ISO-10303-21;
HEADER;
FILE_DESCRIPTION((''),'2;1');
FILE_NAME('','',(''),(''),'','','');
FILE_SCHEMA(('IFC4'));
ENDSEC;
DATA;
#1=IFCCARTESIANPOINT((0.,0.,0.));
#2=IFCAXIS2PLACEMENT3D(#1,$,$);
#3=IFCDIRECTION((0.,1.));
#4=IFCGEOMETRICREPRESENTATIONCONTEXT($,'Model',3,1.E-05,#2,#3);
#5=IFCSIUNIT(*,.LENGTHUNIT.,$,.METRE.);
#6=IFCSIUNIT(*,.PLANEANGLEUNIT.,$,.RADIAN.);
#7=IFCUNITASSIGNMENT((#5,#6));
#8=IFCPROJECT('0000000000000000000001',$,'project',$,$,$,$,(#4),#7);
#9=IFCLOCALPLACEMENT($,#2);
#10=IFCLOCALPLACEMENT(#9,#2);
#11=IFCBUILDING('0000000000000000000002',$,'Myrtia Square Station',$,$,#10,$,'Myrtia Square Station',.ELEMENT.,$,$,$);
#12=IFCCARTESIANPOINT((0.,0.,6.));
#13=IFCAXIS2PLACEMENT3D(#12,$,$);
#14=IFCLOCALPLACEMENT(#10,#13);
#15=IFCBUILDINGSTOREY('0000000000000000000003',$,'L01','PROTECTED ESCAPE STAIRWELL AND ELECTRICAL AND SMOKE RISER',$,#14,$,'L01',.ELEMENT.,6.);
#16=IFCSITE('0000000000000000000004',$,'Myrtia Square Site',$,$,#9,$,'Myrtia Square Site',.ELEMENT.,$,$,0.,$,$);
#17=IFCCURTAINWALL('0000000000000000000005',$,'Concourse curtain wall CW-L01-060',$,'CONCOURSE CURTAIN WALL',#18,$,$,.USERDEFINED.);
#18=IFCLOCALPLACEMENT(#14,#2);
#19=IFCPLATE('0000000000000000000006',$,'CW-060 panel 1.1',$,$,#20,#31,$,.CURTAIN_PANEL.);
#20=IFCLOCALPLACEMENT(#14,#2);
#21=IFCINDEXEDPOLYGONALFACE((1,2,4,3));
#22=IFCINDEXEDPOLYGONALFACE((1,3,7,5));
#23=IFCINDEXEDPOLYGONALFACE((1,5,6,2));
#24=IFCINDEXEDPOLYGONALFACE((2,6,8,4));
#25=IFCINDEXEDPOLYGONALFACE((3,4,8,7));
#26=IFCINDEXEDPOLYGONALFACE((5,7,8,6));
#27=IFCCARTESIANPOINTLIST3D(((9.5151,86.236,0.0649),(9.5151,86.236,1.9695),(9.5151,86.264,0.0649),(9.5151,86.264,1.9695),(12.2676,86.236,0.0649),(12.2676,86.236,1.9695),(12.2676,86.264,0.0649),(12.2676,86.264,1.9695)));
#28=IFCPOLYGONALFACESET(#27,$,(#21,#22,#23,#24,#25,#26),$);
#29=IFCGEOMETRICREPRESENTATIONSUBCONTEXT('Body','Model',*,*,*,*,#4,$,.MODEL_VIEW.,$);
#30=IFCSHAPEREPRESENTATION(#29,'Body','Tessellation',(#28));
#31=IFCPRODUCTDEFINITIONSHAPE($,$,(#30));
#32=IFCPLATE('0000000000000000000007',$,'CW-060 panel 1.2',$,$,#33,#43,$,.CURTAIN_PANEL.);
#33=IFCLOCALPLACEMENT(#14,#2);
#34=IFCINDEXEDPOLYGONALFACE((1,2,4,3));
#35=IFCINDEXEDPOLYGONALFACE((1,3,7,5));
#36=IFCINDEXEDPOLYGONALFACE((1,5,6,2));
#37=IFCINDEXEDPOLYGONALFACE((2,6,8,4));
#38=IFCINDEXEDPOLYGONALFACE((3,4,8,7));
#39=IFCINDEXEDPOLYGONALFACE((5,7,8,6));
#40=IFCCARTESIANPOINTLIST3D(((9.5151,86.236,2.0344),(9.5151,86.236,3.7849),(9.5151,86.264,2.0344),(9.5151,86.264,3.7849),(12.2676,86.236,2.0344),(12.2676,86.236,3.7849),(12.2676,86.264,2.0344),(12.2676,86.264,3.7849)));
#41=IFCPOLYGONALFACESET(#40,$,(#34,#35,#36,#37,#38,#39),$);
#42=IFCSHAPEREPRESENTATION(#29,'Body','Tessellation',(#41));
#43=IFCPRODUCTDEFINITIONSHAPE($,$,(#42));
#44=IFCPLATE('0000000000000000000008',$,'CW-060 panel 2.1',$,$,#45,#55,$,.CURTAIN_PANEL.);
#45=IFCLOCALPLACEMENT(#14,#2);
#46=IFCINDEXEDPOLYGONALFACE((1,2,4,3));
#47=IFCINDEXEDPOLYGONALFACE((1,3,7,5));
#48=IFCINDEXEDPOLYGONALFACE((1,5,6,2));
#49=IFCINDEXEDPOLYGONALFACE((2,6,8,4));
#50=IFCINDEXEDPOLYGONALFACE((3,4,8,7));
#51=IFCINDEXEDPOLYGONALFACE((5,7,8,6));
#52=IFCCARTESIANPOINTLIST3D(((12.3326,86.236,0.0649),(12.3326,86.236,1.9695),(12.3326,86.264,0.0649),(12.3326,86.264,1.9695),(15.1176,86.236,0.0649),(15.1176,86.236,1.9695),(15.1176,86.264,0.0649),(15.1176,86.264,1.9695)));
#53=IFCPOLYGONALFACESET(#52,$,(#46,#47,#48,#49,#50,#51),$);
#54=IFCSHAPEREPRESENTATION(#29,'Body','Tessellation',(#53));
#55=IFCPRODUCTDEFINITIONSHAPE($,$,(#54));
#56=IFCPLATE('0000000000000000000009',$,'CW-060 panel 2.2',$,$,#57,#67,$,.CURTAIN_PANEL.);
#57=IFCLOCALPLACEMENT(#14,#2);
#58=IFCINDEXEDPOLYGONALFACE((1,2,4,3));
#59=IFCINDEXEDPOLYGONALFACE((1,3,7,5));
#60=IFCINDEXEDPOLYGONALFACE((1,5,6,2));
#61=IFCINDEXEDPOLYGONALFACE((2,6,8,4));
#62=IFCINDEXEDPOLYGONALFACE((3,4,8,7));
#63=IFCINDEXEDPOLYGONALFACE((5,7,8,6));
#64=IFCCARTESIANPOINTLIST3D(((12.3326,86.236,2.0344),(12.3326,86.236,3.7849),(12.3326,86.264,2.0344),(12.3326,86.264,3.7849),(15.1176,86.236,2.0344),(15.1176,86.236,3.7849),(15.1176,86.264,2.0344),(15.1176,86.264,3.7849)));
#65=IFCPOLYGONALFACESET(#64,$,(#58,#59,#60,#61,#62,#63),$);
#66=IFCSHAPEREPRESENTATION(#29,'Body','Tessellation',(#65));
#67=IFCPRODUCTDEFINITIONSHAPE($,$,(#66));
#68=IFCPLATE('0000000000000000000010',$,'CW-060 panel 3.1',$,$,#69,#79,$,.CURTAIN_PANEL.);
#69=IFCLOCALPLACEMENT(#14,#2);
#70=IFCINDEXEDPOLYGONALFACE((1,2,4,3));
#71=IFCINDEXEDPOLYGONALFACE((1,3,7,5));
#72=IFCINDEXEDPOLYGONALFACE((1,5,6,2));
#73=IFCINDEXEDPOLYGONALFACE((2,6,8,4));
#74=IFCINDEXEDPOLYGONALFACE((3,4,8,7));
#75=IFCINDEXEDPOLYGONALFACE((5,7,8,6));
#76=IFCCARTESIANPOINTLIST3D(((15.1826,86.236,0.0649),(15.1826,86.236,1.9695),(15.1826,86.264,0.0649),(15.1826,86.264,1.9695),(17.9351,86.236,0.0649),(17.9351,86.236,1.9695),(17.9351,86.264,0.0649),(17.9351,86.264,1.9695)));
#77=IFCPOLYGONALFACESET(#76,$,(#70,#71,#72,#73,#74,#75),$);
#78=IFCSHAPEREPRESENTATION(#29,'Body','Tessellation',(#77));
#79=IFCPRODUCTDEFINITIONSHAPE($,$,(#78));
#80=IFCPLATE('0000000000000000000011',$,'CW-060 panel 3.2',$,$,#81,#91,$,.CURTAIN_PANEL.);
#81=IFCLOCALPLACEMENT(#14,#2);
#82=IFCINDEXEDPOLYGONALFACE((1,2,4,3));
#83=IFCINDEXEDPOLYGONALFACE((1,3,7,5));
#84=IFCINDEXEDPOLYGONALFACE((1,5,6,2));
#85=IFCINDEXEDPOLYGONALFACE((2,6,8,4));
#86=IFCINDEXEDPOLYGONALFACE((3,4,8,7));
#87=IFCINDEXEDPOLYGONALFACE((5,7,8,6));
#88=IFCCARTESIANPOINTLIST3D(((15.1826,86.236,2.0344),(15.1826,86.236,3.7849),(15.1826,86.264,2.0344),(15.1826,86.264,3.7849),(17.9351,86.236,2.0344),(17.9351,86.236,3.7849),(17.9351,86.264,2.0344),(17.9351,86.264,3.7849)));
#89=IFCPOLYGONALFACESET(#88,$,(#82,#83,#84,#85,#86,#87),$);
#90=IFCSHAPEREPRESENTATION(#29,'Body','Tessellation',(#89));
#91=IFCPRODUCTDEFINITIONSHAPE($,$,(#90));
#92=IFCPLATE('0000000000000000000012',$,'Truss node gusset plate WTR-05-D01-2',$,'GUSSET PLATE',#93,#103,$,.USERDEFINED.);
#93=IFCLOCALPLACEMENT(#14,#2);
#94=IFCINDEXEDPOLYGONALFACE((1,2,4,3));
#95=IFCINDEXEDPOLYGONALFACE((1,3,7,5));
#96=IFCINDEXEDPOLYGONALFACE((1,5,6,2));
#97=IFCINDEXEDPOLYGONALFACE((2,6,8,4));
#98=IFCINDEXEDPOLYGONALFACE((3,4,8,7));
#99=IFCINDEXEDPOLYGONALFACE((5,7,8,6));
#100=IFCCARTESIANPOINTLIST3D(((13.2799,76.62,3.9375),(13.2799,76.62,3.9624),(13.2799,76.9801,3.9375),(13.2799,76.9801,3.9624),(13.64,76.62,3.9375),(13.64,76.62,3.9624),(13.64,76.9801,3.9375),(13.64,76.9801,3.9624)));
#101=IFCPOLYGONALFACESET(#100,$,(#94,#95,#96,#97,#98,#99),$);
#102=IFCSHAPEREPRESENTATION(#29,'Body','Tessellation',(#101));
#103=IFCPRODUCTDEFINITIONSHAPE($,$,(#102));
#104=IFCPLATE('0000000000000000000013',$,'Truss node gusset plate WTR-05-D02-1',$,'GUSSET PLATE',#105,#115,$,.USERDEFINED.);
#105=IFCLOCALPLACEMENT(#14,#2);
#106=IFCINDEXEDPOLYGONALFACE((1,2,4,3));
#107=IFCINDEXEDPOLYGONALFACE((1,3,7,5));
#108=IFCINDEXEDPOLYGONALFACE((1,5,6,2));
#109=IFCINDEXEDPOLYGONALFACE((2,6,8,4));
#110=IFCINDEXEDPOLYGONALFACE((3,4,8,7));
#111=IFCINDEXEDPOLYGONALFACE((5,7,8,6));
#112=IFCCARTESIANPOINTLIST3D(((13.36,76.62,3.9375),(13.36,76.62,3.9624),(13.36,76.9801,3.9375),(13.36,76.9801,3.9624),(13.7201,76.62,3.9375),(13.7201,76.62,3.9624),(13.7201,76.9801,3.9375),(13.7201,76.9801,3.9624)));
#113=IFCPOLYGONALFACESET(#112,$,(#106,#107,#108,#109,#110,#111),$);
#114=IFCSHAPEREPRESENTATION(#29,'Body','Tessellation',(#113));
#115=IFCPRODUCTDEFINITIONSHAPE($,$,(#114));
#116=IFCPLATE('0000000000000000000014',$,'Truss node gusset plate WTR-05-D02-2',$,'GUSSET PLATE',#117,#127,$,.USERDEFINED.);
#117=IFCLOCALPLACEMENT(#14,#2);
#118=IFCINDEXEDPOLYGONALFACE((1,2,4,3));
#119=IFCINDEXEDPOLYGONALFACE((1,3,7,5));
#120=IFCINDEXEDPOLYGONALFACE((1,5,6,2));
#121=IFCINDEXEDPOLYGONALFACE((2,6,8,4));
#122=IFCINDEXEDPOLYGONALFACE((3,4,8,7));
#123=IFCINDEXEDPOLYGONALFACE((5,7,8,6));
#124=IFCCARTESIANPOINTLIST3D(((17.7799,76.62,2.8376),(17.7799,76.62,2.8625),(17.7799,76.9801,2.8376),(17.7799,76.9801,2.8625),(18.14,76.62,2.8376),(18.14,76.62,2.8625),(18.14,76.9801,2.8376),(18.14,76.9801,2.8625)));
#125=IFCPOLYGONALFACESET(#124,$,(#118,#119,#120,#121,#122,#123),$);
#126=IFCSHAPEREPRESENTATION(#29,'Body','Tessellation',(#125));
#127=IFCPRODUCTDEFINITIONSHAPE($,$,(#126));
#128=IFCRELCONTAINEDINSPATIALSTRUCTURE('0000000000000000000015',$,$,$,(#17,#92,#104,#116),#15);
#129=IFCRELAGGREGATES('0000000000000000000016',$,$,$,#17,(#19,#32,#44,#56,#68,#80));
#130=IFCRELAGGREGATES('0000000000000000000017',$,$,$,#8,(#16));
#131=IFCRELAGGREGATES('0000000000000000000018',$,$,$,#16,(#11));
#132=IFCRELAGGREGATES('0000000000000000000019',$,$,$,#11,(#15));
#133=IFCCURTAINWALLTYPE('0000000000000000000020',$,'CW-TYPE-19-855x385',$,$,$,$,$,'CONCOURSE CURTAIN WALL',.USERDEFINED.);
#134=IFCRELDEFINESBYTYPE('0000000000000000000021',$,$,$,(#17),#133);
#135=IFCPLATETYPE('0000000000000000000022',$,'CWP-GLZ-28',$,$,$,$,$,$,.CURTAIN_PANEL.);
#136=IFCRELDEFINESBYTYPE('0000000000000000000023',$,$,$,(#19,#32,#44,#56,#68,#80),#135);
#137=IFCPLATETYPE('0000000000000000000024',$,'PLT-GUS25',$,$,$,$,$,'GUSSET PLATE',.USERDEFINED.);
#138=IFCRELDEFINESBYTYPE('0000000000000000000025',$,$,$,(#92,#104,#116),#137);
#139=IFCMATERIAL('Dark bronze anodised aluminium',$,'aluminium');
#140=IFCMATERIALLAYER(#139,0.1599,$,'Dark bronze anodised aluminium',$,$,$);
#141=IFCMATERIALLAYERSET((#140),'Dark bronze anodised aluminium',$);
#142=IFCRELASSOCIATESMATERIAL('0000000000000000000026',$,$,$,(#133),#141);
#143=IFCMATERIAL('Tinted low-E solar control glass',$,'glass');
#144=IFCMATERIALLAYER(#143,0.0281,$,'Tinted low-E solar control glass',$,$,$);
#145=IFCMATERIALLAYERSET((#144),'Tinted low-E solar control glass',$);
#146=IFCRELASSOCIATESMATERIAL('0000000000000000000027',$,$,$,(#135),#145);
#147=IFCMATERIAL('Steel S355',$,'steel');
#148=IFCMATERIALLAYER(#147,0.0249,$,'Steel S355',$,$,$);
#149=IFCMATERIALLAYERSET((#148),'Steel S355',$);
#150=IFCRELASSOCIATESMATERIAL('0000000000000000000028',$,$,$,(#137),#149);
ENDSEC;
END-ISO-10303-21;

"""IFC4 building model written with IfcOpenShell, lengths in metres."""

from ifc_helpers import new_model, si_unit, direction, frame, origin, origin_2d, place, context, subcontext, project, spatial, rectangle, extrude, material, layer, layer_set, type_object, element, aggregate, save


model = new_model("IFC4")

# Units and contexts
model_context = context("Model", 3, precision=1e-05, world=origin(), true_north=direction((0.0, 1.0)))
body_context = subcontext(model_context, "Body", "Model", "MODEL_VIEW")
ifc_project = project(units=[si_unit("LENGTHUNIT", "METRE"), si_unit("PLANEANGLEUNIT", "RADIAN")], contexts=[model_context])

# Site, building, storey
site_placement = place(None, origin())
site = spatial("IfcSite", under=ifc_project, at=site_placement, Name="Myrtia Square Site", LongName="Myrtia Square Site", CompositionType="ELEMENT", RefElevation=0.0)
building_placement = place(site_placement, origin())
building = spatial("IfcBuilding", under=site, at=building_placement, Name="Myrtia Square Station", LongName="Myrtia Square Station", CompositionType="ELEMENT")
storey_placement = place(building_placement, frame((0.0, 0.0, 6.0)))
storey = spatial("IfcBuildingStorey", under=building, at=storey_placement, Name="L01", Description="PROTECTED ESCAPE STAIRWELL AND ELECTRICAL AND SMOKE RISER", LongName="L01", CompositionType="ELEMENT", Elevation=6.0)

# Shared definitions
ifc_material_1 = material(Name="Steel S355", Category="steel")

# Curtain wall
ifc_material_2 = material(Name="Dark bronze anodised aluminium", Category="aluminium")
ifc_layer_1 = layer(ifc_material_2, 0.1599, Name="Dark bronze anodised aluminium")
ifc_layer_set_1 = layer_set([ifc_layer_1], Name="Dark bronze anodised aluminium")
curtain_wall_type = type_object("IfcCurtainWallType", Name="CW-TYPE-19-855x385", ElementType="CONCOURSE CURTAIN WALL", PredefinedType="USERDEFINED", material=ifc_layer_set_1)
curtain_wall_1_placement = place(storey_placement, origin())
curtain_wall_1 = element("IfcCurtainWall", 1, at=curtain_wall_1_placement, inside=storey, type_object=curtain_wall_type, Name="Concourse curtain wall CW-L01-060", ObjectType="CONCOURSE CURTAIN WALL", PredefinedType="USERDEFINED")

# Plates
ifc_material_3 = material(Name="Tinted low-E solar control glass", Category="glass")
ifc_layer_2 = layer(ifc_material_3, 0.0281, Name="Tinted low-E solar control glass")
ifc_layer_set_2 = layer_set([ifc_layer_2], Name="Tinted low-E solar control glass")
plate_type_1 = type_object("IfcPlateType", Name="CWP-GLZ-28", PredefinedType="CURTAIN_PANEL", material=ifc_layer_set_2)
plate_1_placement = place(storey_placement, frame((10.8914, 86.25, 0.0649), z_axis=(0.0, 0.0, 1.0), x_axis=(1.0, 0.0, 0.0)))
plate_1 = element("IfcPlate", 2, at=plate_1_placement, type_object=plate_type_1, Name="CW-060 panel 1.1", PredefinedType="CURTAIN_PANEL", context=body_context, shape_type="SweptSolid", body=[
    extrude(rectangle(XDim=2.7524, YDim=0.0281, at=origin_2d()), origin(), (0.0, 0.0, 1.0), 1.9045),
])
plate_2_placement = place(storey_placement, frame((10.8914, 86.25, 2.0344), z_axis=(0.0, 0.0, 1.0), x_axis=(1.0, 0.0, 0.0)))
plate_2 = element("IfcPlate", 3, at=plate_2_placement, type_object=plate_type_1, Name="CW-060 panel 1.2", PredefinedType="CURTAIN_PANEL", context=body_context, shape_type="SweptSolid", body=[
    extrude(rectangle(XDim=2.7524, YDim=0.0281, at=origin_2d()), origin(), (0.0, 0.0, 1.0), 1.7505),
])
plate_3_placement = place(storey_placement, frame((13.7251, 86.25, 0.0649), z_axis=(0.0, 0.0, 1.0), x_axis=(1.0, 0.0, 0.0)))
plate_3 = element("IfcPlate", 4, at=plate_3_placement, type_object=plate_type_1, Name="CW-060 panel 2.1", PredefinedType="CURTAIN_PANEL", context=body_context, shape_type="SweptSolid", body=[
    extrude(rectangle(XDim=2.7849, YDim=0.0281, at=origin_2d()), origin(), (0.0, 0.0, 1.0), 1.9045),
])
plate_4_placement = place(storey_placement, frame((13.7251, 86.25, 2.0344), z_axis=(0.0, 0.0, 1.0), x_axis=(1.0, 0.0, 0.0)))
plate_4 = element("IfcPlate", 5, at=plate_4_placement, type_object=plate_type_1, Name="CW-060 panel 2.2", PredefinedType="CURTAIN_PANEL", context=body_context, shape_type="SweptSolid", body=[
    extrude(rectangle(XDim=2.7849, YDim=0.0281, at=origin_2d()), origin(), (0.0, 0.0, 1.0), 1.7505),
])
plate_5_placement = place(storey_placement, frame((16.5588, 86.25, 0.0649), z_axis=(0.0, 0.0, 1.0), x_axis=(1.0, 0.0, 0.0)))
plate_5 = element("IfcPlate", 6, at=plate_5_placement, type_object=plate_type_1, Name="CW-060 panel 3.1", PredefinedType="CURTAIN_PANEL", context=body_context, shape_type="SweptSolid", body=[
    extrude(rectangle(XDim=2.7524, YDim=0.0281, at=origin_2d()), origin(), (0.0, 0.0, 1.0), 1.9045),
])
plate_6_placement = place(storey_placement, frame((16.5588, 86.25, 2.0344), z_axis=(0.0, 0.0, 1.0), x_axis=(1.0, 0.0, 0.0)))
plate_6 = element("IfcPlate", 7, at=plate_6_placement, type_object=plate_type_1, Name="CW-060 panel 3.2", PredefinedType="CURTAIN_PANEL", context=body_context, shape_type="SweptSolid", body=[
    extrude(rectangle(XDim=2.7524, YDim=0.0281, at=origin_2d()), origin(), (0.0, 0.0, 1.0), 1.7505),
])
aggregate(curtain_wall_1, [plate_1, plate_2, plate_3, plate_4, plate_5, plate_6])

# Plates
ifc_layer_3 = layer(ifc_material_1, 0.0249, Name="Steel S355")
ifc_layer_set_3 = layer_set([ifc_layer_3], Name="Steel S355")
plate_type_2 = type_object("IfcPlateType", Name="PLT-GUS25", ElementType="GUSSET PLATE", PredefinedType="USERDEFINED", material=ifc_layer_set_3)
for number, where, z_axis, x_axis, name in (
    (8, (13.46, 76.8, 3.9375), (0.0, 0.0, 1.0), (1.0, 0.0, 0.0), "Truss node gusset plate WTR-05-D01-2"),
    (9, (13.54, 76.8, 3.9375), (0.0, 0.0, 1.0), (1.0, 0.0, 0.0), "Truss node gusset plate WTR-05-D02-1"),
    (10, (17.96, 76.8, 2.8376), (0.0, 0.0, 1.0), (1.0, 0.0, 0.0), "Truss node gusset plate WTR-05-D02-2"),
):
    element("IfcPlate", number, at=place(storey_placement, frame(where, z_axis=z_axis, x_axis=x_axis)), inside=storey, type_object=plate_type_2, Name=name, ObjectType="GUSSET PLATE", PredefinedType="USERDEFINED", context=body_context, shape_type="SweptSolid", body=[
        extrude(rectangle(XDim=0.3601, YDim=0.3601, at=origin_2d()), origin(), (0.0, 0.0, 1.0), 0.0249),
    ])

save(model, "model.ifc")
